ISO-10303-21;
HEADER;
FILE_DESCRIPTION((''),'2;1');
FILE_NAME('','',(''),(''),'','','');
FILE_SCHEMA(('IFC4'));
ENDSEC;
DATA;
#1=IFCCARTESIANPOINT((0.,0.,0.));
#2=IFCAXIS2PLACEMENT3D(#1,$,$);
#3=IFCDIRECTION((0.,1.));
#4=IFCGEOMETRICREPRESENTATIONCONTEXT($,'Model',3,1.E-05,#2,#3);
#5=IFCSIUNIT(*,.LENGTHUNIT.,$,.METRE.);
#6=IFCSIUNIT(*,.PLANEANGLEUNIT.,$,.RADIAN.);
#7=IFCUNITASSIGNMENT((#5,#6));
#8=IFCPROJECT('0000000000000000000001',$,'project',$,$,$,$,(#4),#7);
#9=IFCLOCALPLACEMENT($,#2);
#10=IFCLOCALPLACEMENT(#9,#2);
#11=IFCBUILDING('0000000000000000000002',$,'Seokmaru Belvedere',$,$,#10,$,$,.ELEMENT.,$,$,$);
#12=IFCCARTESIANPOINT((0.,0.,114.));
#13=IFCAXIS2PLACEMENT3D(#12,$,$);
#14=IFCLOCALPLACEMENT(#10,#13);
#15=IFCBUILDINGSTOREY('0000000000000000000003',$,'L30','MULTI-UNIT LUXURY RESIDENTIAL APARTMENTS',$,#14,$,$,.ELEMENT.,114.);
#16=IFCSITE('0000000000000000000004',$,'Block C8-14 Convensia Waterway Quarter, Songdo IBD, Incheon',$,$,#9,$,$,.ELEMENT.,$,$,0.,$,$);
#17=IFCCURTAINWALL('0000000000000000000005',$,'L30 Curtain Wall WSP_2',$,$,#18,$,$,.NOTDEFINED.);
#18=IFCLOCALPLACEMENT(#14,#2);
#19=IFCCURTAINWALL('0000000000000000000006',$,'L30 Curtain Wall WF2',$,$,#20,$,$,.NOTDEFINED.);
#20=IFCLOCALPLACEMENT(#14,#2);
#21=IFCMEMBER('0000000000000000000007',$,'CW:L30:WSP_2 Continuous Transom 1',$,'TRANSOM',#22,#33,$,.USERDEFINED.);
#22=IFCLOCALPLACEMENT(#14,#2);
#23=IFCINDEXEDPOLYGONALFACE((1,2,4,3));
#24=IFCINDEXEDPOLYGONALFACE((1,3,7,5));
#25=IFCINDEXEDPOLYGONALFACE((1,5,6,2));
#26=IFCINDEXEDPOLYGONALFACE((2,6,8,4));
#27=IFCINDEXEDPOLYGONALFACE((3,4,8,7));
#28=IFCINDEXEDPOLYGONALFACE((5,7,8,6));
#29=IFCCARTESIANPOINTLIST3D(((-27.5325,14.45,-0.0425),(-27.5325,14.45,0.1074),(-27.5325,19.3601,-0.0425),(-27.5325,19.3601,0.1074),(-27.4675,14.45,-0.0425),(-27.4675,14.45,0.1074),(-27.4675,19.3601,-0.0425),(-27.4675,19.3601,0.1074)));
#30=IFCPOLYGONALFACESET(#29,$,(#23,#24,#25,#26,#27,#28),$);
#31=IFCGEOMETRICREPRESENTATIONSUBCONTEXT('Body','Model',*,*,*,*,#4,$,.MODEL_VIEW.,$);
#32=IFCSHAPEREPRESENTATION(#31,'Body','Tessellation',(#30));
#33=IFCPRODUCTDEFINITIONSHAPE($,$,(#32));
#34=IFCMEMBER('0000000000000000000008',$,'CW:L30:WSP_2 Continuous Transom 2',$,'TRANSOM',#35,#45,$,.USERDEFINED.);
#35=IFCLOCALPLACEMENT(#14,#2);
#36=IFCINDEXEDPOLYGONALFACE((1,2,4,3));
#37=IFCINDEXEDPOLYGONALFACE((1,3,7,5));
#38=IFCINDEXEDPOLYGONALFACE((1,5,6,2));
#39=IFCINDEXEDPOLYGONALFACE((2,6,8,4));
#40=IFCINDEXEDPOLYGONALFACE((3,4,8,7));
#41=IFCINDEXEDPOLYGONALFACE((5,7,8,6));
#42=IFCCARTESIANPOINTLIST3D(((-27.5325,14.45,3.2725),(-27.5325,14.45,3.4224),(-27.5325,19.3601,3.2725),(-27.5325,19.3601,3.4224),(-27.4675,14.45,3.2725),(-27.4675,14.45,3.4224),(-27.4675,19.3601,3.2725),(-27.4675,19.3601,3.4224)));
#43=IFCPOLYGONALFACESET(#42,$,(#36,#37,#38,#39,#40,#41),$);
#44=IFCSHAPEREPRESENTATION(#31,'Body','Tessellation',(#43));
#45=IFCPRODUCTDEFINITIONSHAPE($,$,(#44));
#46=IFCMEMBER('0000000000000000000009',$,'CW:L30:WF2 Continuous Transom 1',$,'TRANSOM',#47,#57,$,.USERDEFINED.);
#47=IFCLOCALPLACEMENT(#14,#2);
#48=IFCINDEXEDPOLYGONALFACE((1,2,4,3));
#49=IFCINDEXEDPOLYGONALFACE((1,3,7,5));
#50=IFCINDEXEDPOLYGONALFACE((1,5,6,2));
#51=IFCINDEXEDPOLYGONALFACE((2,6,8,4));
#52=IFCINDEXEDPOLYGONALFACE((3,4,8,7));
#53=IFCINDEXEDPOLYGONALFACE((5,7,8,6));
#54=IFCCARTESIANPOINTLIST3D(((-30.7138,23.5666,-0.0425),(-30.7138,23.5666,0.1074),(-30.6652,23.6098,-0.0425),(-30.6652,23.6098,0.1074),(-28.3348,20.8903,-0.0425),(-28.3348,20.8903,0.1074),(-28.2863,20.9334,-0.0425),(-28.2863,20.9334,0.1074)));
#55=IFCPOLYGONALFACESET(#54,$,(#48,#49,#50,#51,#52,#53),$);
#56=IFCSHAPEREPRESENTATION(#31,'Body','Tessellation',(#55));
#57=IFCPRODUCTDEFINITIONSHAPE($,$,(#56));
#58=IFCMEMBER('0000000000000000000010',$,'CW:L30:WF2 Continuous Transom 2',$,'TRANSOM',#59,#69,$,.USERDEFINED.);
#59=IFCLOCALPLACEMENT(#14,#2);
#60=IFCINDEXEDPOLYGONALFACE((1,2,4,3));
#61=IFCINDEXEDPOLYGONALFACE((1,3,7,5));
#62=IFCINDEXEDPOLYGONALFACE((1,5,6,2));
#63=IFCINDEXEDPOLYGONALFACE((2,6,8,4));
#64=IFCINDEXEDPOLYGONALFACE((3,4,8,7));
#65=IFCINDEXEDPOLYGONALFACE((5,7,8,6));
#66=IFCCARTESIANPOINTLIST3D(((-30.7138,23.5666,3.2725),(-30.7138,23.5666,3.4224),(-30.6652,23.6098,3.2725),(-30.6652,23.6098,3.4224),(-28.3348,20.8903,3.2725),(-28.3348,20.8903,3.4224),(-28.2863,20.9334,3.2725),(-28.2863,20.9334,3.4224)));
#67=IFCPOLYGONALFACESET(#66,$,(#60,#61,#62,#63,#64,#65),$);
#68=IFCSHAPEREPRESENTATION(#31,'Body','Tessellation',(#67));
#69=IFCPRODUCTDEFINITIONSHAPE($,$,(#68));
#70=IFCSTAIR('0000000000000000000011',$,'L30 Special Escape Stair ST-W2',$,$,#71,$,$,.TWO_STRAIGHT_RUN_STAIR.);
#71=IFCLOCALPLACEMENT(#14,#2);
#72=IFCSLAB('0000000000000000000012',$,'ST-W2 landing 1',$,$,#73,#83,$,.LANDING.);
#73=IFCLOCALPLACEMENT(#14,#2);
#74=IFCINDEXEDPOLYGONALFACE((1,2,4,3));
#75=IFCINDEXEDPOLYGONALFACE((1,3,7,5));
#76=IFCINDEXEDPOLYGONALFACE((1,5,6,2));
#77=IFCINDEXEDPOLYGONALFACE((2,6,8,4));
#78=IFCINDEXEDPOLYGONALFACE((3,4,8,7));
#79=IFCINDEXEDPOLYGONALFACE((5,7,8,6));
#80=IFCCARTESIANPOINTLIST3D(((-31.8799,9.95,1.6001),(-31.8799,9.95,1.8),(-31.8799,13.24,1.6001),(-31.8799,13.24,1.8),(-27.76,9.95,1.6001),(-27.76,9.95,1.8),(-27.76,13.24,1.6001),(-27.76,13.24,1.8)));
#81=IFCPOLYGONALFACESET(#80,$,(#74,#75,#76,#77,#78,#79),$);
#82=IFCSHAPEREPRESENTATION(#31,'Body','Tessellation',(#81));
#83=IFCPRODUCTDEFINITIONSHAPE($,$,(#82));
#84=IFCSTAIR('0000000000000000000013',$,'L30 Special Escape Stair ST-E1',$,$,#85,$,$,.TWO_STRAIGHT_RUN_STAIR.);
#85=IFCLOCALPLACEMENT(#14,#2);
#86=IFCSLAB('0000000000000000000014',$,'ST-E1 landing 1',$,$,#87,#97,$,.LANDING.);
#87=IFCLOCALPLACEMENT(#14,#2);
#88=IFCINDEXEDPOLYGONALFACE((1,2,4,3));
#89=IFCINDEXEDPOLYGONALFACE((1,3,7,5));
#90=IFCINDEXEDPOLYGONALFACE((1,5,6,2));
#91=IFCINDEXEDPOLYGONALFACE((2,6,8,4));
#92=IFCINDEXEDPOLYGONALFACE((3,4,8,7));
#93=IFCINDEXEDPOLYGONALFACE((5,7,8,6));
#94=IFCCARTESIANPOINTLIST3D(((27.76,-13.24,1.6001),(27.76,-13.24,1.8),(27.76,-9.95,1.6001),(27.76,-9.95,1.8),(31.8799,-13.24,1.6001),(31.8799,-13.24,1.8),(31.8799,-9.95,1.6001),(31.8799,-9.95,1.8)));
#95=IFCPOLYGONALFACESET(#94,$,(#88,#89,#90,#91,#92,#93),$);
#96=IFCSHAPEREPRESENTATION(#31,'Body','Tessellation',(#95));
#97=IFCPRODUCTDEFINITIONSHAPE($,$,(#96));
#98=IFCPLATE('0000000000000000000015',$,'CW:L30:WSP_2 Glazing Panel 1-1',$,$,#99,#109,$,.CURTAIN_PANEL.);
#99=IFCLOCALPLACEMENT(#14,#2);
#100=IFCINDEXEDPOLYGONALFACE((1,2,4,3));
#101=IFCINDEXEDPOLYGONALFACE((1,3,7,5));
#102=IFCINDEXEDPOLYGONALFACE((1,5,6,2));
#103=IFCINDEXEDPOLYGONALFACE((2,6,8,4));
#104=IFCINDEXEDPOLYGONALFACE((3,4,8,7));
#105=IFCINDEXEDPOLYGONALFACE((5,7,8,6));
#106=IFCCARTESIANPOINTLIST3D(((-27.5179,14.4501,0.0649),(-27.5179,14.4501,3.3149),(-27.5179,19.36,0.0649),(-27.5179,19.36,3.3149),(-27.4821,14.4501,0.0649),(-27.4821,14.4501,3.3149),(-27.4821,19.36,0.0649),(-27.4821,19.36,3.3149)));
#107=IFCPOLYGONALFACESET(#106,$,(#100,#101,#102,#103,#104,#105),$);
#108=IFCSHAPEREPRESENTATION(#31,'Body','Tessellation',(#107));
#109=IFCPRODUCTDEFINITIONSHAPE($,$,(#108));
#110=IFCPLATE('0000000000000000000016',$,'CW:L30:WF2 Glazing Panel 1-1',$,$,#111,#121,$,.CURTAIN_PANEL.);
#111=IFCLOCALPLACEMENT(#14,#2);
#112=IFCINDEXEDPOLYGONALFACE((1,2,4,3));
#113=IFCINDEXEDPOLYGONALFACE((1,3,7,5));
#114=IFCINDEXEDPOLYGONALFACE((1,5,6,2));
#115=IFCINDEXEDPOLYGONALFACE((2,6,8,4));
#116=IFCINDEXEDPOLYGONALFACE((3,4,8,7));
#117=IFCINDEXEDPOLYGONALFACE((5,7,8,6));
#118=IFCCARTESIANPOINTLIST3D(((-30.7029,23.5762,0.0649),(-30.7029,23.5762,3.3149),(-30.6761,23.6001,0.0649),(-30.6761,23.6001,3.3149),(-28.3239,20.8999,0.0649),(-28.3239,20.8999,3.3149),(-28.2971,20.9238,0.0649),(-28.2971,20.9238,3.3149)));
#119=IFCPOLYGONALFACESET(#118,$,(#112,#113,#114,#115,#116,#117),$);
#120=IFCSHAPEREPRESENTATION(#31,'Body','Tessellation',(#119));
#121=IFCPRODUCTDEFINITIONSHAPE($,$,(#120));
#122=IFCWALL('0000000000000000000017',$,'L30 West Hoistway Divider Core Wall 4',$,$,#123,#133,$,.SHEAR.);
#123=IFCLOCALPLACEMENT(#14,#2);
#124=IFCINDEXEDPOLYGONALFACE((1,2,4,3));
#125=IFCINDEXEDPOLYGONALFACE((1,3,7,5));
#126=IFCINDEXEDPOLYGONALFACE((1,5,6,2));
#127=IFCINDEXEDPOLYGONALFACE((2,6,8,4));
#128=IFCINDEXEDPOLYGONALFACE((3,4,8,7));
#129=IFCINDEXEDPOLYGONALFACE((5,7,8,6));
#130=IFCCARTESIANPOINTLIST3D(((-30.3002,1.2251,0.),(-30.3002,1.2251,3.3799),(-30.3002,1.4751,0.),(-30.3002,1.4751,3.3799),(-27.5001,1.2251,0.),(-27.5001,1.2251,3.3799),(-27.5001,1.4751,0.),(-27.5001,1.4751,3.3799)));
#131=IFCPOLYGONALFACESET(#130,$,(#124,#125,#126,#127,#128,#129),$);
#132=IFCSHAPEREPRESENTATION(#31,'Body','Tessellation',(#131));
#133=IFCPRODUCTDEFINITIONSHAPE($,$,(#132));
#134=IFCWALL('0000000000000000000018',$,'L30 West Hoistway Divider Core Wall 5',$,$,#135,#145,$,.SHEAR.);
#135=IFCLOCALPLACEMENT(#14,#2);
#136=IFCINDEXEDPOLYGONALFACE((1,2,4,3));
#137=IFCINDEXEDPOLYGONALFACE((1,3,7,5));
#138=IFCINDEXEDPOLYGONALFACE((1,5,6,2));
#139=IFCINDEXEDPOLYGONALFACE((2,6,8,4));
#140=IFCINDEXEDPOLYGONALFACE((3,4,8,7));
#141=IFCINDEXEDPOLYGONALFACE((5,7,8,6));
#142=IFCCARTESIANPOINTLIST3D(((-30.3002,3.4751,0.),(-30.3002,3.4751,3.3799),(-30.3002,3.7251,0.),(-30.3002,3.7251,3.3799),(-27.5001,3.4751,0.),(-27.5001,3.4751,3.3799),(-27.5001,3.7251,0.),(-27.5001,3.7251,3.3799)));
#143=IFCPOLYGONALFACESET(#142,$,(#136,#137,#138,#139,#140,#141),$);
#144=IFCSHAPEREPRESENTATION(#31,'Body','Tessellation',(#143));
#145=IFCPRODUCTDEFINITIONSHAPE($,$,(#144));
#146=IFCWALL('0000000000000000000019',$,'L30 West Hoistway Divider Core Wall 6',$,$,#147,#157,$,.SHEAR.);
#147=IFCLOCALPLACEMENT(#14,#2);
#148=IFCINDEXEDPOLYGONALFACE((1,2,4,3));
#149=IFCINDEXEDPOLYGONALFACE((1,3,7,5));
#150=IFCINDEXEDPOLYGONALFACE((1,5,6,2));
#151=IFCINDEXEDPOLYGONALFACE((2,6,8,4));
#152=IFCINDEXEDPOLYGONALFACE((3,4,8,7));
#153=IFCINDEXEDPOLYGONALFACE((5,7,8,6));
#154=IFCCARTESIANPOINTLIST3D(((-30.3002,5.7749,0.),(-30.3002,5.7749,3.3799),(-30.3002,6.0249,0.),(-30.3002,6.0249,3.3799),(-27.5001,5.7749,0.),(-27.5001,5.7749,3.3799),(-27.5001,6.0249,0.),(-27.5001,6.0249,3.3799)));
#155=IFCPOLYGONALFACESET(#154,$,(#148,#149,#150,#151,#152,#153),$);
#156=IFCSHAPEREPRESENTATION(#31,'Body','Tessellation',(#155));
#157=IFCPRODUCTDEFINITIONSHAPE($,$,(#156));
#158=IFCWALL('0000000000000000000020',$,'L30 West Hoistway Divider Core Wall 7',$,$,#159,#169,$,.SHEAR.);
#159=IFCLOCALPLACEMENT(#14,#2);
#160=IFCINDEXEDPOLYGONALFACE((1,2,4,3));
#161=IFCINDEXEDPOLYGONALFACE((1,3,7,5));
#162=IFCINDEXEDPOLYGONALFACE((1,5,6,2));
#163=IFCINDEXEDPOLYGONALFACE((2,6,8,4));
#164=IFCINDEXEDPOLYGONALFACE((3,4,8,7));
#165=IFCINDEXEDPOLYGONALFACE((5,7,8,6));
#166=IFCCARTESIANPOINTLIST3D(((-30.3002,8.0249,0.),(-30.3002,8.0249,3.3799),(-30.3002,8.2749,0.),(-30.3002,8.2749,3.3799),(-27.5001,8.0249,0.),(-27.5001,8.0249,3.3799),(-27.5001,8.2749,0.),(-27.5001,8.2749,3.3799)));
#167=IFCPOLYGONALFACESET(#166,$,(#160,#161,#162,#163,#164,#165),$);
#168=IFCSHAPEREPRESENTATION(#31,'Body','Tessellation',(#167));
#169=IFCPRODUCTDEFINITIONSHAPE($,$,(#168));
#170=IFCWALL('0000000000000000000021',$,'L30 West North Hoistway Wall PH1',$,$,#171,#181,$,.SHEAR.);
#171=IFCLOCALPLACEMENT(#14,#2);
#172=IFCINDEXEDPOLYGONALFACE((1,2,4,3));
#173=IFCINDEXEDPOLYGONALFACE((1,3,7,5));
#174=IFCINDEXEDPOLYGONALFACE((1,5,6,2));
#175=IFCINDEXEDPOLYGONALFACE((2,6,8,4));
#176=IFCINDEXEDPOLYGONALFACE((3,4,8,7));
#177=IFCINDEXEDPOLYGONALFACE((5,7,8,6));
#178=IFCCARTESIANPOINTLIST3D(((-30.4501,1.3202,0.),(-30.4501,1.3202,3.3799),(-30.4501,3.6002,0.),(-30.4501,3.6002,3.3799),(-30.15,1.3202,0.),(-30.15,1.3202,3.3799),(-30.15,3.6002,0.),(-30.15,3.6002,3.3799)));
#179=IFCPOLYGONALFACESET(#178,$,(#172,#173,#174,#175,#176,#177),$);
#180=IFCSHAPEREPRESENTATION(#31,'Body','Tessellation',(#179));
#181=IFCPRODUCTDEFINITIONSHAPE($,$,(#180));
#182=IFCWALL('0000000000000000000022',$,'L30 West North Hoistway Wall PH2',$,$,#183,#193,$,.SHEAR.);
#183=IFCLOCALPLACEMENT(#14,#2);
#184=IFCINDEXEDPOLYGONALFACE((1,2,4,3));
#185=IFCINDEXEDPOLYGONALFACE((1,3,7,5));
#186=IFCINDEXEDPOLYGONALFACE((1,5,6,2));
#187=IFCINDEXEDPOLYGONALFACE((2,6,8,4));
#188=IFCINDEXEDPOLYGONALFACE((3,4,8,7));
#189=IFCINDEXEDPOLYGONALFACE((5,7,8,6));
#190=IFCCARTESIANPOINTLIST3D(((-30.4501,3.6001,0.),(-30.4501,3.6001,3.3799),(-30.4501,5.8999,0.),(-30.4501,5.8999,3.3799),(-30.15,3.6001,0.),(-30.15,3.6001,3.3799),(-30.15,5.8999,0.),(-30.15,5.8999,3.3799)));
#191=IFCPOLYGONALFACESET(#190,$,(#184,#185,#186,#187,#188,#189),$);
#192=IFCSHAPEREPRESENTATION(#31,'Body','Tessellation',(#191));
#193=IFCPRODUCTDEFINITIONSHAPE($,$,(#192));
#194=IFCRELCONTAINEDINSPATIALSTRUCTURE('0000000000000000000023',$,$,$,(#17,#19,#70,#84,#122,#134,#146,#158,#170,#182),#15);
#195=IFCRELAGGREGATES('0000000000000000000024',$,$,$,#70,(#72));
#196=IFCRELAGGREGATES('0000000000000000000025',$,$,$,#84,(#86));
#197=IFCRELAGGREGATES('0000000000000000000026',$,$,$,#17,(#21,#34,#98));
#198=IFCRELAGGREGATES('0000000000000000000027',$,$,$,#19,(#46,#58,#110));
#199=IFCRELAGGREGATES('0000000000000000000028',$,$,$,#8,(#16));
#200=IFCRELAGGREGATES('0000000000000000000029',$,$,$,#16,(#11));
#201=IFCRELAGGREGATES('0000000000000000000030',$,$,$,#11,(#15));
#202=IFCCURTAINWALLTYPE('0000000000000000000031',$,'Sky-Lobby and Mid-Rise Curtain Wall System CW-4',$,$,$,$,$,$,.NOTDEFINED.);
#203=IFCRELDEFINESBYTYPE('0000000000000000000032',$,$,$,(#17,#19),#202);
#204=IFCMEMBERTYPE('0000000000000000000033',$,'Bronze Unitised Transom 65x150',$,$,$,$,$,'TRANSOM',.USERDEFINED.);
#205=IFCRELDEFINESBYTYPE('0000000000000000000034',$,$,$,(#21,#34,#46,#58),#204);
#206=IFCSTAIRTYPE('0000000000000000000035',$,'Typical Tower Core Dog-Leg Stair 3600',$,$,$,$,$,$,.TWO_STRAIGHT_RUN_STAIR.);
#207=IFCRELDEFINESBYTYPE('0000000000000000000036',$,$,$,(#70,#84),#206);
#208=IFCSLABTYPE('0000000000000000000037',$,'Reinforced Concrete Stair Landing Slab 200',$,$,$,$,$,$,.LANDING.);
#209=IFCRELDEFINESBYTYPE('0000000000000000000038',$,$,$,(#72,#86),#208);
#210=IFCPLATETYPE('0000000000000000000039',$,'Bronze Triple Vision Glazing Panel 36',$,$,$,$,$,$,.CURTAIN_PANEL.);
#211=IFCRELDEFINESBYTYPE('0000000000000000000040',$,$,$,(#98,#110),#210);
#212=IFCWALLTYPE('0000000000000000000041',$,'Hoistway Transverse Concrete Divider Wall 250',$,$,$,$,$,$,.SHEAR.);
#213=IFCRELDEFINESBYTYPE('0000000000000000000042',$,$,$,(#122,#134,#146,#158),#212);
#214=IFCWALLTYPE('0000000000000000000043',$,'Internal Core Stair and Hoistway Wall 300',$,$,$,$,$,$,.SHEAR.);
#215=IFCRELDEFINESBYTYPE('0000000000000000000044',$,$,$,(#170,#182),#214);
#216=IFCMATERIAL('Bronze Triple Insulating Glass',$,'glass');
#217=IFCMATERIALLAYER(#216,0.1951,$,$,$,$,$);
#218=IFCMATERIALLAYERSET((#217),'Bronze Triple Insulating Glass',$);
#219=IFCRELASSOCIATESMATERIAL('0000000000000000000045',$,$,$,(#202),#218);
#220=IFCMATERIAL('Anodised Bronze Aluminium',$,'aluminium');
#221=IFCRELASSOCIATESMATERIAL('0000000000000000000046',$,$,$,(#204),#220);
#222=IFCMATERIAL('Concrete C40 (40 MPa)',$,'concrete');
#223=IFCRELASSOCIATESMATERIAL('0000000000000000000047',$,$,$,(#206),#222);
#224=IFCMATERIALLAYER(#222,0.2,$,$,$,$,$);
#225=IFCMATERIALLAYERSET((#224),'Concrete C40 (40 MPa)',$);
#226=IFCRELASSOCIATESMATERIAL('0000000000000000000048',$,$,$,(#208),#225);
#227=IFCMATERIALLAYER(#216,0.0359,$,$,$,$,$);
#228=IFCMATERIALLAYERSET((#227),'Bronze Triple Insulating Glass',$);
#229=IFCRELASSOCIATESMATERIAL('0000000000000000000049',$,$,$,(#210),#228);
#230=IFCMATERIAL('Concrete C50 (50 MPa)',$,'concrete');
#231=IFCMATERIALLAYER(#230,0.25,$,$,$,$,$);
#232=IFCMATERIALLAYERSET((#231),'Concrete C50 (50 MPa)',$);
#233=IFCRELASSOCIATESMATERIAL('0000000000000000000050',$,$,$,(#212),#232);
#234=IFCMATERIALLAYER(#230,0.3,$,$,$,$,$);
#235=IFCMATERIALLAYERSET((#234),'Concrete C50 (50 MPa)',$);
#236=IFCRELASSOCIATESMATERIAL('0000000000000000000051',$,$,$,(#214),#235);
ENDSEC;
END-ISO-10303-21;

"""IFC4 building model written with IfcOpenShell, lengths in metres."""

from ifc_helpers import new_model, si_unit, direction, frame, frame_2d, origin, origin_2d, place, context, subcontext, project, spatial, polyline, rectangle, outline, extrude, source, transform, mapped, material, layer, layer_set, material_profile, profile_set, type_object, type_shapes, element, aggregate, save


model = new_model("IFC4")

# Units and contexts
model_context = context("Model", 3, precision=1e-05, world=origin(), true_north=direction((0.0, 1.0)))
body_context = subcontext(model_context, "Body", "Model", "MODEL_VIEW")
ifc_project = project(units=[si_unit("LENGTHUNIT", "METRE"), si_unit("PLANEANGLEUNIT", "RADIAN")], contexts=[model_context])

# Site, building, storey
site_placement = place(None, origin())
site = spatial("IfcSite", under=ifc_project, at=site_placement, Name="Block C8-14 Convensia Waterway Quarter, Songdo IBD, Incheon", CompositionType="ELEMENT", RefElevation=0.0)
building_placement = place(site_placement, origin())
building = spatial("IfcBuilding", under=site, at=building_placement, Name="Seokmaru Belvedere", CompositionType="ELEMENT")
storey_placement = place(building_placement, frame((0.0, 0.0, 114.0)))
storey = spatial("IfcBuildingStorey", under=building, at=storey_placement, Name="L30", Description="MULTI-UNIT LUXURY RESIDENTIAL APARTMENTS", CompositionType="ELEMENT", Elevation=114.0)

# Curtain walls
ifc_material_1 = material(Name="Bronze Triple Insulating Glass", Category="glass")
ifc_layer_1 = layer(ifc_material_1, 0.1951)
ifc_layer_set_1 = layer_set([ifc_layer_1], Name="Bronze Triple Insulating Glass")
curtain_wall_type = type_object("IfcCurtainWallType", Name="Sky-Lobby and Mid-Rise Curtain Wall System CW-4", PredefinedType="NOTDEFINED", material=ifc_layer_set_1)
curtain_wall_1_placement = place(storey_placement, origin())
curtain_wall_1 = element("IfcCurtainWall", 1, at=curtain_wall_1_placement, inside=storey, type_object=curtain_wall_type, Name="L30 Curtain Wall WSP_2", PredefinedType="NOTDEFINED")
ifc_material_2 = material(Name="Anodised Bronze Aluminium", Category="aluminium")
curtain_wall_2_placement = place(storey_placement, origin())
curtain_wall_2 = element("IfcCurtainWall", 2, at=curtain_wall_2_placement, inside=storey, type_object=curtain_wall_type, Name="L30 Curtain Wall WF2", PredefinedType="NOTDEFINED")

# Members
ifc_material_profile_1 = material_profile(ifc_material_2, rectangle(XDim=0.0649, YDim=0.1499, at=origin_2d()), Name="CW-T-65x150")
ifc_profile_set_1 = profile_set([ifc_material_profile_1], Name="Anodised Bronze Aluminium")
member_type_1 = type_object("IfcMemberType", Name="Bronze Unitised Transom 65x150", ElementType="TRANSOM", PredefinedType="USERDEFINED", material=ifc_profile_set_1)
shared_shape_1 = source(origin(), body_context, "Body", "SweptSolid", [
    extrude(rectangle(XDim=0.0649, YDim=0.1499, at=origin_2d()), origin(), (0.0, 0.0, 1.0), 4.9102),
])
member_1_placement = place(storey_placement, frame((-27.5, 14.45, 0.0325), z_axis=(0.0, 1.0, 0.0), x_axis=(-1.0, 0.0, 0.0)))
member_1 = element("IfcMember", 3, at=member_1_placement, type_object=member_type_1, Name="CW:L30:WSP_2 Continuous Transom 1", ObjectType="TRANSOM", PredefinedType="USERDEFINED", context=body_context, shape_type="MappedRepresentation", body=[
    mapped(shared_shape_1, transform((0.0, 0.0, 0.0), scale=1.0)),
])
member_2_placement = place(storey_placement, frame((-27.5, 14.45, 3.3474), z_axis=(0.0, 1.0, 0.0), x_axis=(-1.0, 0.0, 0.0)))
member_2 = element("IfcMember", 4, at=member_2_placement, type_object=member_type_1, Name="CW:L30:WSP_2 Continuous Transom 2", ObjectType="TRANSOM", PredefinedType="USERDEFINED", context=body_context, shape_type="MappedRepresentation", body=[
    mapped(shared_shape_1, transform((0.0, 0.0, 0.0), scale=1.0)),
])
shared_shape_2 = source(origin(), body_context, "Body", "SweptSolid", [
    extrude(rectangle(XDim=0.0649, YDim=0.1499, at=origin_2d()), origin(), (0.0, 0.0, 1.0), 3.5808),
])
type_shapes(member_type_1, [shared_shape_1, shared_shape_2])
member_3_placement = place(storey_placement, frame((-28.3105, 20.9119, 0.0325), z_axis=(-0.664364, 0.747409, 0.0), x_axis=(-0.747409, -0.664364, 0.0)))
member_3 = element("IfcMember", 5, at=member_3_placement, type_object=member_type_1, Name="CW:L30:WF2 Continuous Transom 1", ObjectType="TRANSOM", PredefinedType="USERDEFINED", context=body_context, shape_type="MappedRepresentation", body=[
    mapped(shared_shape_2, transform((0.0, 0.0, 0.0), scale=1.0)),
])
member_4_placement = place(storey_placement, frame((-28.3105, 20.9119, 3.3474), z_axis=(-0.664364, 0.747409, 0.0), x_axis=(-0.747409, -0.664364, 0.0)))
member_4 = element("IfcMember", 6, at=member_4_placement, type_object=member_type_1, Name="CW:L30:WF2 Continuous Transom 2", ObjectType="TRANSOM", PredefinedType="USERDEFINED", context=body_context, shape_type="MappedRepresentation", body=[
    mapped(shared_shape_2, transform((0.0, 0.0, 0.0), scale=1.0)),
])

# Stairs, slabs
ifc_material_3 = material(Name="Concrete C40 (40 MPa)", Category="concrete")
stair_type = type_object("IfcStairType", Name="Typical Tower Core Dog-Leg Stair 3600", PredefinedType="TWO_STRAIGHT_RUN_STAIR", material=ifc_material_3)
stair_1_placement = place(storey_placement, origin())
stair_1 = element("IfcStair", 7, at=stair_1_placement, inside=storey, type_object=stair_type, Name="L30 Special Escape Stair ST-W2", PredefinedType="TWO_STRAIGHT_RUN_STAIR")
ifc_layer_2 = layer(ifc_material_3, 0.2)
ifc_layer_set_2 = layer_set([ifc_layer_2], Name="Concrete C40 (40 MPa)")
slab_type = type_object("IfcSlabType", Name="Reinforced Concrete Stair Landing Slab 200", PredefinedType="LANDING", material=ifc_layer_set_2)
slab_1_placement = place(storey_placement, frame((0.0, 0.0, 1.6001)))
slab_1 = element("IfcSlab", 8, at=slab_1_placement, type_object=slab_type, Name="ST-W2 landing 1", PredefinedType="LANDING", context=body_context, shape_type="SweptSolid", body=[
    extrude(outline(polyline([(-31.8799, 9.95), (-27.76, 9.95), (-27.76, 13.24), (-31.8799, 13.24), (-31.8799, 9.95)])), origin(), (0.0, 0.0, 1.0), 0.2),
])
aggregate(stair_1, [slab_1])
stair_2_placement = place(storey_placement, origin())
stair_2 = element("IfcStair", 9, at=stair_2_placement, inside=storey, type_object=stair_type, Name="L30 Special Escape Stair ST-E1", PredefinedType="TWO_STRAIGHT_RUN_STAIR")
slab_2_placement = place(storey_placement, frame((0.0, 0.0, 1.6001)))
slab_2 = element("IfcSlab", 10, at=slab_2_placement, type_object=slab_type, Name="ST-E1 landing 1", PredefinedType="LANDING", context=body_context, shape_type="SweptSolid", body=[
    extrude(outline(polyline([(27.76, -13.24), (31.8799, -13.24), (31.8799, -9.95), (27.76, -9.95), (27.76, -13.24)])), origin(), (0.0, 0.0, 1.0), 0.2),
])
aggregate(stair_2, [slab_2])

# Plates
ifc_layer_3 = layer(ifc_material_1, 0.0359)
ifc_layer_set_3 = layer_set([ifc_layer_3], Name="Bronze Triple Insulating Glass")
plate_type = type_object("IfcPlateType", Name="Bronze Triple Vision Glazing Panel 36", PredefinedType="CURTAIN_PANEL", material=ifc_layer_set_3)
shared_shape_3 = source(origin(), body_context, "Body", "SweptSolid", [
    extrude(rectangle(XDim=4.9099, YDim=0.0359, at=origin_2d()), origin(), (0.0, 0.0, 1.0), 3.25),
])
plate_1_placement = place(storey_placement, frame((-27.5, 16.905, 0.0649), z_axis=(0.0, 0.0, 1.0), x_axis=(0.0, 1.0, 0.0)))
plate_1 = element("IfcPlate", 11, at=plate_1_placement, type_object=plate_type, Name="CW:L30:WSP_2 Glazing Panel 1-1", PredefinedType="CURTAIN_PANEL", context=body_context, shape_type="MappedRepresentation", body=[
    mapped(shared_shape_3, transform((0.0, 0.0, 0.0), scale=1.0)),
])
aggregate(curtain_wall_1, [member_1, member_2, plate_1])
shared_shape_4 = source(origin(), body_context, "Body", "SweptSolid", [
    extrude(rectangle(XDim=3.5808, YDim=0.0359, at=origin_2d()), origin(), (0.0, 0.0, 1.0), 3.25),
])
type_shapes(plate_type, [shared_shape_3, shared_shape_4])
plate_2_placement = place(storey_placement, frame((-29.5, 22.25, 0.0649), z_axis=(0.0, 0.0, 1.0), x_axis=(-0.664363, 0.74741, 0.0)))
plate_2 = element("IfcPlate", 12, at=plate_2_placement, type_object=plate_type, Name="CW:L30:WF2 Glazing Panel 1-1", PredefinedType="CURTAIN_PANEL", context=body_context, shape_type="MappedRepresentation", body=[
    mapped(shared_shape_4, transform((0.0, 0.0, 0.0), scale=1.0)),
])
aggregate(curtain_wall_2, [member_3, member_4, plate_2])

# Walls
ifc_material_4 = material(Name="Concrete C50 (50 MPa)", Category="concrete")
ifc_layer_4 = layer(ifc_material_4, 0.25)
ifc_layer_set_4 = layer_set([ifc_layer_4], Name="Concrete C50 (50 MPa)")
wall_type_1 = type_object("IfcWallType", Name="Hoistway Transverse Concrete Divider Wall 250", PredefinedType="SHEAR", material=ifc_layer_set_4)
for number, where, z_axis, x_axis, name in (
    (13, (-30.3, 1.3501, 0.0), (0.0, 0.0, 1.0), (1.0, 0.0, 0.0), "L30 West Hoistway Divider Core Wall 4"),
    (14, (-30.3, 3.6001, 0.0), (0.0, 0.0, 1.0), (1.0, 0.0, 0.0), "L30 West Hoistway Divider Core Wall 5"),
    (15, (-30.3, 5.8999, 0.0), (0.0, 0.0, 1.0), (1.0, 0.0, 0.0), "L30 West Hoistway Divider Core Wall 6"),
    (16, (-30.3, 8.1499, 0.0), (0.0, 0.0, 1.0), (1.0, 0.0, 0.0), "L30 West Hoistway Divider Core Wall 7"),
):
    element("IfcWall", number, at=place(storey_placement, frame(where, z_axis=z_axis, x_axis=x_axis)), inside=storey, type_object=wall_type_1, Name=name, PredefinedType="SHEAR", context=body_context, shape_type="SweptSolid", body=[
        extrude(rectangle(XDim=2.8, YDim=0.25, at=frame_2d((1.3999, 0.0))), origin(), (0.0, 0.0, 1.0), 3.3799),
    ])
ifc_layer_5 = layer(ifc_material_4, 0.3)
ifc_layer_set_5 = layer_set([ifc_layer_5], Name="Concrete C50 (50 MPa)")
wall_type_2 = type_object("IfcWallType", Name="Internal Core Stair and Hoistway Wall 300", PredefinedType="SHEAR", material=ifc_layer_set_5)
wall_1_placement = place(storey_placement, frame((-30.3, 1.3201, 0.0), z_axis=(0.0, 0.0, 1.0), x_axis=(0.0, 1.0, 0.0)))
element("IfcWall", 17, at=wall_1_placement, inside=storey, type_object=wall_type_2, Name="L30 West North Hoistway Wall PH1", PredefinedType="SHEAR", context=body_context, shape_type="SweptSolid", body=[
    extrude(rectangle(XDim=2.28, YDim=0.3, at=frame_2d((1.1401, 0.0))), origin(), (0.0, 0.0, 1.0), 3.3799),
])
wall_2_placement = place(storey_placement, frame((-30.3, 3.6001, 0.0), z_axis=(0.0, 0.0, 1.0), x_axis=(0.0, 1.0, 0.0)))
element("IfcWall", 18, at=wall_2_placement, inside=storey, type_object=wall_type_2, Name="L30 West North Hoistway Wall PH2", PredefinedType="SHEAR", context=body_context, shape_type="SweptSolid", body=[
    extrude(rectangle(XDim=2.2998, YDim=0.3, at=frame_2d((1.1499, 0.0))), origin(), (0.0, 0.0, 1.0), 3.3799),
])

save(model, "model.ifc")
